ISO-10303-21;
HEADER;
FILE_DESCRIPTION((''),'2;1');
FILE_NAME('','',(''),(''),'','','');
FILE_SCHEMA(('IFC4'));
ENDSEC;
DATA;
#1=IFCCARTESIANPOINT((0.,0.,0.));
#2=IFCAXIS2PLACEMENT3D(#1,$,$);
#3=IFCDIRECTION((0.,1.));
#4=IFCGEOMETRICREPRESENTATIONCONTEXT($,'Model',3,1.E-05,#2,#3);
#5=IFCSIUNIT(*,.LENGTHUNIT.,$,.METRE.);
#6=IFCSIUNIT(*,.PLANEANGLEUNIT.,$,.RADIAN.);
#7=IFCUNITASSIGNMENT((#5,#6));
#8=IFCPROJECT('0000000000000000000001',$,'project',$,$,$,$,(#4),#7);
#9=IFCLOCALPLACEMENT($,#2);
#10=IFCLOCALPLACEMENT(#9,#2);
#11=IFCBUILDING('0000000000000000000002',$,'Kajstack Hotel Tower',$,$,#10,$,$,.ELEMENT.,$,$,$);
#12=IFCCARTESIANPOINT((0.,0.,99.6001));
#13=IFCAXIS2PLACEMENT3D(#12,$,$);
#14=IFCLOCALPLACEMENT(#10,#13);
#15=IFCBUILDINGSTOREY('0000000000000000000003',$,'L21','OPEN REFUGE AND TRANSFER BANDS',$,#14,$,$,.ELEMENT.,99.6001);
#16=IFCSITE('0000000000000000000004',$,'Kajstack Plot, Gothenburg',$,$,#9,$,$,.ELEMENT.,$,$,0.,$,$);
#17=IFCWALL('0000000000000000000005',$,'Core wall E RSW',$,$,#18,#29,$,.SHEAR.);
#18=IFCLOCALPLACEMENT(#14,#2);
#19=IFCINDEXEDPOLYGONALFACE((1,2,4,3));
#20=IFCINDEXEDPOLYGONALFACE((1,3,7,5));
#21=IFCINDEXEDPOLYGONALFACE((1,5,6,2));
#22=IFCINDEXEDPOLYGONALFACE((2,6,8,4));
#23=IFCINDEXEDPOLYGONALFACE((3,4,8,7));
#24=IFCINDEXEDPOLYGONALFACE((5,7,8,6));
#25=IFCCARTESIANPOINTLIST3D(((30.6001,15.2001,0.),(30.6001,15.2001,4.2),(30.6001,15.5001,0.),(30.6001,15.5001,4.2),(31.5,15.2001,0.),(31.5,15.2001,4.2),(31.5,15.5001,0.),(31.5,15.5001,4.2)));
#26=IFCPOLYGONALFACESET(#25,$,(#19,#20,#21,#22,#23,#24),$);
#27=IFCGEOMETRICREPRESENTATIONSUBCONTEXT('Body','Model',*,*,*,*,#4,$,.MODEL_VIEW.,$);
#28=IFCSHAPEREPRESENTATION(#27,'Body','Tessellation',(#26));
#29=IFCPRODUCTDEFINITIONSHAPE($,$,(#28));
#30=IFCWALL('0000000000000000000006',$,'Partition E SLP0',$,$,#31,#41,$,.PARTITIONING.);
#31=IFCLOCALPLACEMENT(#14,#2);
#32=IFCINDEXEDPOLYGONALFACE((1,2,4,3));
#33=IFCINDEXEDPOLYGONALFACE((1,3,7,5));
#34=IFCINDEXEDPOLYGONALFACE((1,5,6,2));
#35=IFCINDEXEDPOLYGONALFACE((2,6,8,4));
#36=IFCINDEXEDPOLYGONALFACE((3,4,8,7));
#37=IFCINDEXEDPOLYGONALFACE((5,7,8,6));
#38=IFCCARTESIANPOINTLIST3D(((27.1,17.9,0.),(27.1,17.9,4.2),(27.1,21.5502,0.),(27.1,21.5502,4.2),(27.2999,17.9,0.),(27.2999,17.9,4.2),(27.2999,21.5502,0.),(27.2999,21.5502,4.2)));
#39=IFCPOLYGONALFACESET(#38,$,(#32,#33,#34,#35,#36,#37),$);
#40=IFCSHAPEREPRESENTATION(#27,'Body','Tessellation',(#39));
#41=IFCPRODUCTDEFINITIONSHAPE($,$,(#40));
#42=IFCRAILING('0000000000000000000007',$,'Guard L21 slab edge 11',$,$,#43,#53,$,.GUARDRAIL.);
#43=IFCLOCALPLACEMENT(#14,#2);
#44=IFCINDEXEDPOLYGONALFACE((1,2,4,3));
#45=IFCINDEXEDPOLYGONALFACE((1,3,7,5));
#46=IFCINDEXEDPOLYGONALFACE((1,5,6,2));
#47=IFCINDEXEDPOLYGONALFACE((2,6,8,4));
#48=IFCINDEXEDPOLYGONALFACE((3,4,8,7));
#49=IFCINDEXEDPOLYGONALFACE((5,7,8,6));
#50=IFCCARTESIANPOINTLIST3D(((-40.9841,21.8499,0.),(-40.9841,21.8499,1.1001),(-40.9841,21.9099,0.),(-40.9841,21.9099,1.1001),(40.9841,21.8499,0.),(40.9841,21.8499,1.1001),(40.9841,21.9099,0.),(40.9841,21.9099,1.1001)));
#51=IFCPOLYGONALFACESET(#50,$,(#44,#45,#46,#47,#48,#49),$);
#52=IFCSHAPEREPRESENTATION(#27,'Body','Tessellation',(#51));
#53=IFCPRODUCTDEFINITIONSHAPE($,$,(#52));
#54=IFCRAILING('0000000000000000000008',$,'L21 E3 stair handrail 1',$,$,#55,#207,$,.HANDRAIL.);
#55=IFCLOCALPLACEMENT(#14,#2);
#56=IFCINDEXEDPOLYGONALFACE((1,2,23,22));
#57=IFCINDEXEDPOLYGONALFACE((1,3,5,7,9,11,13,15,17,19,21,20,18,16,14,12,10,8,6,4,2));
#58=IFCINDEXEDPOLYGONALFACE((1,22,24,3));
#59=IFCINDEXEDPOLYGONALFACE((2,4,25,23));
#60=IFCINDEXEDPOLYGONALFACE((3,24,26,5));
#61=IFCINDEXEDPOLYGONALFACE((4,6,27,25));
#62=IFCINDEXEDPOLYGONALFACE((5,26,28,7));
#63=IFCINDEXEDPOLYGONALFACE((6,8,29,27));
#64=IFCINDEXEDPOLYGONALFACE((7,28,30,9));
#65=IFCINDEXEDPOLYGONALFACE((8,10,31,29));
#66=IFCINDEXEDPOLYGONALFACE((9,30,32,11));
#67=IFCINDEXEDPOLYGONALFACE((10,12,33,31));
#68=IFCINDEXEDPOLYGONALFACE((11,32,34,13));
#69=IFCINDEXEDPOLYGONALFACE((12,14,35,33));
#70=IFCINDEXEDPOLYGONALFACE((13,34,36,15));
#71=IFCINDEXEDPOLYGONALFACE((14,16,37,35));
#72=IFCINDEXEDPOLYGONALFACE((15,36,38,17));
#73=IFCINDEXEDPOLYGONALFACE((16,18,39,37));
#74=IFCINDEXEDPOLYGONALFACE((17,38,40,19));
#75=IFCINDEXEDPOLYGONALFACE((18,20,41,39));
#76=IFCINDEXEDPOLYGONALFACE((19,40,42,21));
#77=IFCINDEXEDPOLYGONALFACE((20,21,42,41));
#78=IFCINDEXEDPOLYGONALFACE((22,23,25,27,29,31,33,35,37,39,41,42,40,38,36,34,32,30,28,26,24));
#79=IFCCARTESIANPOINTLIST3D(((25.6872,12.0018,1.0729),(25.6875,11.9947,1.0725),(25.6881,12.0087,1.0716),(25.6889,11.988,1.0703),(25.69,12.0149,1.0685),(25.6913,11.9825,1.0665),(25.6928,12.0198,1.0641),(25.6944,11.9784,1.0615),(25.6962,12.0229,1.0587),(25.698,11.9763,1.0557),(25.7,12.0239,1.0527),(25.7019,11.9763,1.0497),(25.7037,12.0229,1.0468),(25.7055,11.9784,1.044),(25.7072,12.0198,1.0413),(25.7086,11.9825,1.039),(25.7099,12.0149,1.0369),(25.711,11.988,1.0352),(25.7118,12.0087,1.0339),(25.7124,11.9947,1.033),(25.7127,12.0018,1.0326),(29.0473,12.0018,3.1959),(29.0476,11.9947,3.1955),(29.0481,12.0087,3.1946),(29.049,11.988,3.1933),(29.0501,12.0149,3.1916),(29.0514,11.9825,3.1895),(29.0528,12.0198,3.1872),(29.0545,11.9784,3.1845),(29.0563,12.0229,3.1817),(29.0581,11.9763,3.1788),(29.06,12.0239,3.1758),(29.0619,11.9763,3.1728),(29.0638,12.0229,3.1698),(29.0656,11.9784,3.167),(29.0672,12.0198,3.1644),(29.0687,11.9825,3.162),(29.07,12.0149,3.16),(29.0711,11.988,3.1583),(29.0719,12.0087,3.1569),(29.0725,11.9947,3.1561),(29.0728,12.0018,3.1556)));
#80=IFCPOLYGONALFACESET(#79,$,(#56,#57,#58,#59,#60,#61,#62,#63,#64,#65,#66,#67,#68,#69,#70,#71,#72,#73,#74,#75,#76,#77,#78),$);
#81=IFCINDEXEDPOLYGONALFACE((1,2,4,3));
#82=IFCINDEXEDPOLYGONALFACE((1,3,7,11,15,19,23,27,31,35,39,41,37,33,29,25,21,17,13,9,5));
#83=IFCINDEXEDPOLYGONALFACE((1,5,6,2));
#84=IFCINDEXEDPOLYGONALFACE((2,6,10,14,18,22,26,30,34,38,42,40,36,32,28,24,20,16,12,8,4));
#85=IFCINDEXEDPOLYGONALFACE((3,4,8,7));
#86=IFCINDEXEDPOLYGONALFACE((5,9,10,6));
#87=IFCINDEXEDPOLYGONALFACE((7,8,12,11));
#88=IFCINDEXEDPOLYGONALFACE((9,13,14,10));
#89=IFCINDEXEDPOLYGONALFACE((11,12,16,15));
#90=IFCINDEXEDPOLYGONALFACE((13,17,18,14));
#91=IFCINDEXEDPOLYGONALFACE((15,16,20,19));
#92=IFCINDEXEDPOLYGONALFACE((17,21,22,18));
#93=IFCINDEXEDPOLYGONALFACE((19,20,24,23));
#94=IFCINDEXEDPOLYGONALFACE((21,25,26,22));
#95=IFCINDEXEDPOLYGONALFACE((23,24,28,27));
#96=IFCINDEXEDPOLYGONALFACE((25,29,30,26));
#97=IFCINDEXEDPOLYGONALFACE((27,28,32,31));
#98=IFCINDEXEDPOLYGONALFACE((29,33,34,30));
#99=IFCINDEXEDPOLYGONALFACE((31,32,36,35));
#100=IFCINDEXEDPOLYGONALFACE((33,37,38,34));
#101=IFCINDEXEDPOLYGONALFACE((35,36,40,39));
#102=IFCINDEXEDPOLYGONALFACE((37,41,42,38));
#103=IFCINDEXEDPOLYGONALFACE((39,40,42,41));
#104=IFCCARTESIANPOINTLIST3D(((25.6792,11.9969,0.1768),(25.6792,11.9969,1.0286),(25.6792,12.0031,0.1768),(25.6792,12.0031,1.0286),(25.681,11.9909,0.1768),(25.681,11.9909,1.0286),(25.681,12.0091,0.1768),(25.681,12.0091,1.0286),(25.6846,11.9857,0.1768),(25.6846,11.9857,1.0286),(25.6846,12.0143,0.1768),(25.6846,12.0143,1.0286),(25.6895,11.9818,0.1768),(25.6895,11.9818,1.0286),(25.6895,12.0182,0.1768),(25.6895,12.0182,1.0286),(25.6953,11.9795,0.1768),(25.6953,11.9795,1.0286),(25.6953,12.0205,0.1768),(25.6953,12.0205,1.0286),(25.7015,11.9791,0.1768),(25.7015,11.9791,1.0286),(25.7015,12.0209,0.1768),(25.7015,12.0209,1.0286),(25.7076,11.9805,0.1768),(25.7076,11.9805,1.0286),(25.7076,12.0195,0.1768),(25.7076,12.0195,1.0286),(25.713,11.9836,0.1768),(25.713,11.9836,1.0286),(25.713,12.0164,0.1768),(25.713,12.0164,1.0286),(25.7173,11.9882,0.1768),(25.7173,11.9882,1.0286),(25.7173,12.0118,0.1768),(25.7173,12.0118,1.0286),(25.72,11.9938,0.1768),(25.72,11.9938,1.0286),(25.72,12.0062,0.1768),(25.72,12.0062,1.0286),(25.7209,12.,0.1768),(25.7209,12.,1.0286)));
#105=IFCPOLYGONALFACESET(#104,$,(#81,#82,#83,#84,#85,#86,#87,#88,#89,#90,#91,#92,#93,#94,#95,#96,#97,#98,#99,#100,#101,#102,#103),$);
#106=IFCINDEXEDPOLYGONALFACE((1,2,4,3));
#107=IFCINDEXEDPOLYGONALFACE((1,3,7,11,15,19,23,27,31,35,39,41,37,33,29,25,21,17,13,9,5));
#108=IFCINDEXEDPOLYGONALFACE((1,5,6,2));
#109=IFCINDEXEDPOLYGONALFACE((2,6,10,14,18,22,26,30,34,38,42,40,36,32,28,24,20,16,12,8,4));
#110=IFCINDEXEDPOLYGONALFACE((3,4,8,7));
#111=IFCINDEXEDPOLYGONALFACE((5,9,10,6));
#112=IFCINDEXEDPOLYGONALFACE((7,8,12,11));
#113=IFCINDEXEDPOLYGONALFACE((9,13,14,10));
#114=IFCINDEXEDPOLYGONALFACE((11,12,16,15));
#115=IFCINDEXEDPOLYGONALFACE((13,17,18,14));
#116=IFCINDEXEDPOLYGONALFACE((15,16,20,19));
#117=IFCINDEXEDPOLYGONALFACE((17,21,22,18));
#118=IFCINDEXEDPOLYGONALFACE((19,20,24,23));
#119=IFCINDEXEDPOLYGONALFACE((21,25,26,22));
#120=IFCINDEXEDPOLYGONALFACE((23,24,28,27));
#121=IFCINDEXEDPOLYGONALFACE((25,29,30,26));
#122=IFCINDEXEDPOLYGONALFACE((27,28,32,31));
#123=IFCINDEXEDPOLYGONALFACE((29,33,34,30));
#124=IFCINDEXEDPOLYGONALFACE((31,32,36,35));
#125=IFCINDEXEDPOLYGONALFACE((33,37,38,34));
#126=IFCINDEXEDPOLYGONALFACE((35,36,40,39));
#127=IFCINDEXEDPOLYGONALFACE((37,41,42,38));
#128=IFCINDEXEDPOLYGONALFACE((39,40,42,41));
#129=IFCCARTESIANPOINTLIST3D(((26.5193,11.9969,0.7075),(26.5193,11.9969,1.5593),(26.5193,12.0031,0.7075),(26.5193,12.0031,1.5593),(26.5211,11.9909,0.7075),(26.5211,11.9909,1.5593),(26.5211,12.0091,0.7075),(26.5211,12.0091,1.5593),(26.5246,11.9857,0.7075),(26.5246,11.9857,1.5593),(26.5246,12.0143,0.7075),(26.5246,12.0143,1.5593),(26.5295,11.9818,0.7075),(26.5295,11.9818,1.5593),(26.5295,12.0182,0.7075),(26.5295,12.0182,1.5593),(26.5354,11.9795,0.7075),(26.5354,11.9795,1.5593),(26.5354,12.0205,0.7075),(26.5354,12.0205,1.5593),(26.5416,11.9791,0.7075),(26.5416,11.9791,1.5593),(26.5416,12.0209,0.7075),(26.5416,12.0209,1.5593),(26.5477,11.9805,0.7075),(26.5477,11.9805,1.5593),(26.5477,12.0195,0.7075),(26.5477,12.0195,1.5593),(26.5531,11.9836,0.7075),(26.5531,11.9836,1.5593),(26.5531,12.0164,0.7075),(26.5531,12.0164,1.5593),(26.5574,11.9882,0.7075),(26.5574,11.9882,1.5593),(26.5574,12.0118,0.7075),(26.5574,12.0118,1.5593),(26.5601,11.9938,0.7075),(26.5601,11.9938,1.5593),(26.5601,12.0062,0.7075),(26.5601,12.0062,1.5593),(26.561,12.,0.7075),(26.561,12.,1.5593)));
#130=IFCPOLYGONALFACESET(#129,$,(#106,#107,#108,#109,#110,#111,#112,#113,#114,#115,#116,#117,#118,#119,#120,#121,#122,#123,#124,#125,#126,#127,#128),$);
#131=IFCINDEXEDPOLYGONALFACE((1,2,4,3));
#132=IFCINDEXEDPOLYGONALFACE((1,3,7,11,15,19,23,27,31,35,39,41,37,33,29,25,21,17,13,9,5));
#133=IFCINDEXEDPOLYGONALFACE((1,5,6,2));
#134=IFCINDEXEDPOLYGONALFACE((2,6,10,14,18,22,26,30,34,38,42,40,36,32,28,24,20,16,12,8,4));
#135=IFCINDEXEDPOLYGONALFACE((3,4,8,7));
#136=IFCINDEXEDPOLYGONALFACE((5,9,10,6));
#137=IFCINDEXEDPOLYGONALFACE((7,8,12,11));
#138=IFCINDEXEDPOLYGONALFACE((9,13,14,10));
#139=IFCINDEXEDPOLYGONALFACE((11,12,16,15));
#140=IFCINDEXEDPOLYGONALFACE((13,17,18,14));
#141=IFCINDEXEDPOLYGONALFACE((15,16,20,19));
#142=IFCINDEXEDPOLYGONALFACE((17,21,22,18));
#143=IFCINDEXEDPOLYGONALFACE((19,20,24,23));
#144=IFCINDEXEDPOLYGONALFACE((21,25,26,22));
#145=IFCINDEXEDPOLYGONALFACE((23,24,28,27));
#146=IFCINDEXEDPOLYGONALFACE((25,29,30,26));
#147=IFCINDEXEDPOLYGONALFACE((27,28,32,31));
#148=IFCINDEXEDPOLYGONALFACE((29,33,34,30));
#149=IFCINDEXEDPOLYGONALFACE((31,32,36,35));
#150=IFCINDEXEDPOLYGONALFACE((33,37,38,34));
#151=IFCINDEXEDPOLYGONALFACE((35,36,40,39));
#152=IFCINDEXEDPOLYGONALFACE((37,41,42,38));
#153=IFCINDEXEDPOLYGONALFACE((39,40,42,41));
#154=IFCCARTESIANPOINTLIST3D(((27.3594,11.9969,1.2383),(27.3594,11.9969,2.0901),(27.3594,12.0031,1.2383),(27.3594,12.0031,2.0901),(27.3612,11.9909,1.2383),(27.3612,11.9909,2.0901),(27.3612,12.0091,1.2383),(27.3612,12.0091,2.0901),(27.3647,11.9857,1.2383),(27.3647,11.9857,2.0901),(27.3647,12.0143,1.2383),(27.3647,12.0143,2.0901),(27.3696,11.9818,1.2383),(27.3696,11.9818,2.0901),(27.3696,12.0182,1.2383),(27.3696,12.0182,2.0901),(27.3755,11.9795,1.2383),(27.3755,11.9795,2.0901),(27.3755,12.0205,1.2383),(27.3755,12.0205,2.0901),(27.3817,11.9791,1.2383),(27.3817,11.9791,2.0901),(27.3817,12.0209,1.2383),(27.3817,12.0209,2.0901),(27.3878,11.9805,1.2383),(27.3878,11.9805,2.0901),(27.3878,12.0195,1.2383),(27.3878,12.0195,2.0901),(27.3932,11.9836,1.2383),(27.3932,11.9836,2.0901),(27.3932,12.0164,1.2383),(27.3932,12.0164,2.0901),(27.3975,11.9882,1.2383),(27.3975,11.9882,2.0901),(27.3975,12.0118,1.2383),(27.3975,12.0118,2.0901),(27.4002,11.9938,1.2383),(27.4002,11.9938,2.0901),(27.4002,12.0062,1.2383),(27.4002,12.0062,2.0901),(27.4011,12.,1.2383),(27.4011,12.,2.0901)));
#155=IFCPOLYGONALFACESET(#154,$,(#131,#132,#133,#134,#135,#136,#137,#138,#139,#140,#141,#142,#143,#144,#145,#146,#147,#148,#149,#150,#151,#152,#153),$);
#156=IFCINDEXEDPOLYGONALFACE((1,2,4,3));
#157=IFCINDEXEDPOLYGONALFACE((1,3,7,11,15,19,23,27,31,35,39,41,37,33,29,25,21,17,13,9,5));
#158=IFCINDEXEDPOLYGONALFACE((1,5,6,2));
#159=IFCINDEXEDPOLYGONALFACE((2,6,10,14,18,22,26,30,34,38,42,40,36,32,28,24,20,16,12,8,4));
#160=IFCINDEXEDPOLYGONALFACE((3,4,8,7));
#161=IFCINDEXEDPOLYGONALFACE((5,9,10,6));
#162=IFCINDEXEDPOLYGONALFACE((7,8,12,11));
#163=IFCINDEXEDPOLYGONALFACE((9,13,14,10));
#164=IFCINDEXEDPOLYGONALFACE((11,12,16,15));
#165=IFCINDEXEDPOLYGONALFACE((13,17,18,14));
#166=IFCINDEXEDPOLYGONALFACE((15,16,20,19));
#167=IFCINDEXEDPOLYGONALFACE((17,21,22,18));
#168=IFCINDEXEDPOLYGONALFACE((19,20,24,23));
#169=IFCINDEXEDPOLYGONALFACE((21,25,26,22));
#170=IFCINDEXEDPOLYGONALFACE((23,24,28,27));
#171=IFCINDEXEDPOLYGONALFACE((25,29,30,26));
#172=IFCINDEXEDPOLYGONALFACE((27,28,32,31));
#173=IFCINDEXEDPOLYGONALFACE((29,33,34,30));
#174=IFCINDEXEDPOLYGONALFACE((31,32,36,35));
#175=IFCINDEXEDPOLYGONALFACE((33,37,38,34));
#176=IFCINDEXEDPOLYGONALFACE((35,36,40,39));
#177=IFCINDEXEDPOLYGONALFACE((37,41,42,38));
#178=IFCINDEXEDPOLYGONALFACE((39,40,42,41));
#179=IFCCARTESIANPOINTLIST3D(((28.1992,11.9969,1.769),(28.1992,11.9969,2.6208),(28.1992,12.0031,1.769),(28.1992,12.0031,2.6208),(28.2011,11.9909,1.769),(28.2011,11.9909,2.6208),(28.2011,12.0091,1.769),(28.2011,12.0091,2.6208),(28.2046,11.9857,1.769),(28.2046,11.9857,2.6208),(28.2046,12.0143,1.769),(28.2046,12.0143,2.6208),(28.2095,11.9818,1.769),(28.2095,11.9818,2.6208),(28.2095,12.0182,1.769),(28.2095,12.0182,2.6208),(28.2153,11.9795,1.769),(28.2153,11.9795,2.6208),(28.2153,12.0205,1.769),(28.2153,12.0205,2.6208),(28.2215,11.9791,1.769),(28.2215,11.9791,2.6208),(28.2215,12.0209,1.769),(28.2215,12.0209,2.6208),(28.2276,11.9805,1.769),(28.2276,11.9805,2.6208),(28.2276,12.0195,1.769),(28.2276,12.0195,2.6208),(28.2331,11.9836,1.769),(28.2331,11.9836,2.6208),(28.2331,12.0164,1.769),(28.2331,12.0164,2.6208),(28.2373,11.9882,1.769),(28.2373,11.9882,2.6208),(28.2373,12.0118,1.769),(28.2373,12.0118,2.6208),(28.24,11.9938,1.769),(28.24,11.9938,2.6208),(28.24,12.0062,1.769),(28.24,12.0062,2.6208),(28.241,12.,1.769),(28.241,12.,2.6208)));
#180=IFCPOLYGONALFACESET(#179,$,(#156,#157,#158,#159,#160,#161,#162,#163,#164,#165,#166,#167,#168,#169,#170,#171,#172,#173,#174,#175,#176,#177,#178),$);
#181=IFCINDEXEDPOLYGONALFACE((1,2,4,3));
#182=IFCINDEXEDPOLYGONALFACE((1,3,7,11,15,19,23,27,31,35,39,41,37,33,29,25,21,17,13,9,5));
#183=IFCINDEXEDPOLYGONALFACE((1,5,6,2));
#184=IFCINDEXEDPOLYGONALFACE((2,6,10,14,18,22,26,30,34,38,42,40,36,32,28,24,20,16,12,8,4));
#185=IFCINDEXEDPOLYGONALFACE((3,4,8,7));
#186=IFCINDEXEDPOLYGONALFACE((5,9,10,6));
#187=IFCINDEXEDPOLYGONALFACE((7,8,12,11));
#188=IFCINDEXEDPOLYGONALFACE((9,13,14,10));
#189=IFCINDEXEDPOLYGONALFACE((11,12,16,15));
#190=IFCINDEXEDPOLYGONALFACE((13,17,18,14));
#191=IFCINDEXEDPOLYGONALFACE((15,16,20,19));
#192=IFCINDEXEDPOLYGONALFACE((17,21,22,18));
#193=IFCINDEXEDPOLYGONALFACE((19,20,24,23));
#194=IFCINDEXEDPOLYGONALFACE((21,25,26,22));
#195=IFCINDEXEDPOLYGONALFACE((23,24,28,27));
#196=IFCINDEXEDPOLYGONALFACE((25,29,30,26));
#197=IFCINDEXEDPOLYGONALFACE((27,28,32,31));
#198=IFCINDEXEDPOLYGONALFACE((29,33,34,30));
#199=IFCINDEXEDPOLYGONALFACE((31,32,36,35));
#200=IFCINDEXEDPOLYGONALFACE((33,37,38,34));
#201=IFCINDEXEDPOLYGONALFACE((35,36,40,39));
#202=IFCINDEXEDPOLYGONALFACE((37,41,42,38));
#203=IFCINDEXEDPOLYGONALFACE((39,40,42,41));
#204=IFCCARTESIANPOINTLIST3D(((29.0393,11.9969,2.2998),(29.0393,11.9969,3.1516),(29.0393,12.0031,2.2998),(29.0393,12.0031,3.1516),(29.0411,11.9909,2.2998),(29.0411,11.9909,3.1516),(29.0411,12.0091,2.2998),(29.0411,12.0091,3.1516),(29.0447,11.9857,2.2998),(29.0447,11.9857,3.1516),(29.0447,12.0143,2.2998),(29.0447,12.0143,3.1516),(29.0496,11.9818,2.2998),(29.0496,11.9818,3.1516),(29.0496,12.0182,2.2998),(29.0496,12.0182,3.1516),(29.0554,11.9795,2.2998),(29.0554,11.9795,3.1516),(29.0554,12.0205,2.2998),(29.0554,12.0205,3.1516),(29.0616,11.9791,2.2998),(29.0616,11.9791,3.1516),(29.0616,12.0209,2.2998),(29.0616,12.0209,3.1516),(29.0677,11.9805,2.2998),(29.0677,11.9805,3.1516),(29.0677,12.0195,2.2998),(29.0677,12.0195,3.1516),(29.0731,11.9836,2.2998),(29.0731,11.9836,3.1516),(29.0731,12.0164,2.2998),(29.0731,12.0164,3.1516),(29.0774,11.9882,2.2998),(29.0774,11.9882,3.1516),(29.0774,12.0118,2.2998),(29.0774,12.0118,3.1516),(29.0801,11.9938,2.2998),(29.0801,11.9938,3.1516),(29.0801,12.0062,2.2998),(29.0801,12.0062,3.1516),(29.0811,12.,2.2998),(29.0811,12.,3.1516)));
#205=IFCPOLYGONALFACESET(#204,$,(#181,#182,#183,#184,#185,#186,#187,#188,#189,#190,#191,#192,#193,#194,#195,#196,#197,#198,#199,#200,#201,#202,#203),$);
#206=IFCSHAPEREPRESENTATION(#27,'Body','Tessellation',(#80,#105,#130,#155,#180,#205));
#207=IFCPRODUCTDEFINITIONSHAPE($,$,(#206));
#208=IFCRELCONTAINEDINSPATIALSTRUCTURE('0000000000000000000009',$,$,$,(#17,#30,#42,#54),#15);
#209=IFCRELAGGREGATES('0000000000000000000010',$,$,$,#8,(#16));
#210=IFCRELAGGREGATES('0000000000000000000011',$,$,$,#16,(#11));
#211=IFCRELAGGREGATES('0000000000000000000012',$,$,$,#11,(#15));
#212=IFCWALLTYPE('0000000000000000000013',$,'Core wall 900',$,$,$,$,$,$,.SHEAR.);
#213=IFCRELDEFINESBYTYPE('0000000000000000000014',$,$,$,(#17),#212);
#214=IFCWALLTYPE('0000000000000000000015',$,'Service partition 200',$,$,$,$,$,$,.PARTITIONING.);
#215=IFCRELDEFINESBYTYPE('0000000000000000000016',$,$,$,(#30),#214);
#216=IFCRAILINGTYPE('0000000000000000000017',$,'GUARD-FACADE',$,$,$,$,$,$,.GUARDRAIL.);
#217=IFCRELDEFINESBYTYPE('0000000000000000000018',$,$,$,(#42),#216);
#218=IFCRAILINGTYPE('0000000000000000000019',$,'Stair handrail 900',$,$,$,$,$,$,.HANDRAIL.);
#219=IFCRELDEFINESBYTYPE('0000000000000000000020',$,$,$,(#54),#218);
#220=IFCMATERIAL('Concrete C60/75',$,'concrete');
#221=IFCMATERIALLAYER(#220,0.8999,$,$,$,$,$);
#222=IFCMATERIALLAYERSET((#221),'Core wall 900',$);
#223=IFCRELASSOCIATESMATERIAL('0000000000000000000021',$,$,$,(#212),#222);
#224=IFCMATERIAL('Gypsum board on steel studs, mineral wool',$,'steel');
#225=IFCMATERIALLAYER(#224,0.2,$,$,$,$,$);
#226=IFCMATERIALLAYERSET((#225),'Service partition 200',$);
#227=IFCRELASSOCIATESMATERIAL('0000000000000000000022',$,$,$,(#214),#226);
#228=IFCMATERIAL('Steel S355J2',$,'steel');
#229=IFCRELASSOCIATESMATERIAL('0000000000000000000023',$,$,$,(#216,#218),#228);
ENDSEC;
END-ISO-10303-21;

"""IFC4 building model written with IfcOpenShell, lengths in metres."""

from ifc_helpers import new_model, si_unit, direction, frame, frame_2d, origin, origin_2d, place, context, subcontext, project, spatial, polyline, rectangle, circle, outline, extrude, material, layer, layer_set, type_object, element, save


model = new_model("IFC4")

# Units and contexts
model_context = context("Model", 3, precision=1e-05, world=origin(), true_north=direction((0.0, 1.0)))
body_context = subcontext(model_context, "Body", "Model", "MODEL_VIEW")
ifc_project = project(units=[si_unit("LENGTHUNIT", "METRE"), si_unit("PLANEANGLEUNIT", "RADIAN")], contexts=[model_context])

# Site, building, storey
site_placement = place(None, origin())
site = spatial("IfcSite", under=ifc_project, at=site_placement, Name="Kajstack Plot, Gothenburg", CompositionType="ELEMENT", RefElevation=0.0)
building_placement = place(site_placement, origin())
building = spatial("IfcBuilding", under=site, at=building_placement, Name="Kajstack Hotel Tower", CompositionType="ELEMENT")
storey_placement = place(building_placement, frame((0.0, 0.0, 99.6001)))
storey = spatial("IfcBuildingStorey", under=building, at=storey_placement, Name="L21", Description="OPEN REFUGE AND TRANSFER BANDS", CompositionType="ELEMENT", Elevation=99.6001)

# Walls
ifc_material_1 = material(Name="Concrete C60/75", Category="concrete")
ifc_layer_1 = layer(ifc_material_1, 0.8999)
ifc_layer_set_1 = layer_set([ifc_layer_1], Name="Core wall 900")
wall_type_1 = type_object("IfcWallType", Name="Core wall 900", PredefinedType="SHEAR", material=ifc_layer_set_1)
wall_1_placement = place(storey_placement, frame((30.6001, 15.3501, 0.0), z_axis=(0.0, 0.0, 1.0), x_axis=(1.0, 0.0, 0.0)))
element("IfcWall", 1, at=wall_1_placement, inside=storey, type_object=wall_type_1, Name="Core wall E RSW", PredefinedType="SHEAR", context=body_context, shape_type="SweptSolid", body=[
    extrude(rectangle(XDim=0.8999, YDim=0.3, at=frame_2d((0.45, 0.0))), origin(), (0.0, 0.0, 1.0), 4.2),
])
ifc_material_2 = material(Name="Gypsum board on steel studs, mineral wool", Category="steel")
ifc_layer_2 = layer(ifc_material_2, 0.2)
ifc_layer_set_2 = layer_set([ifc_layer_2], Name="Service partition 200")
wall_type_2 = type_object("IfcWallType", Name="Service partition 200", PredefinedType="PARTITIONING", material=ifc_layer_set_2)
wall_2_placement = place(storey_placement, frame((27.2, 17.8999, 0.0), z_axis=(0.0, 0.0, 1.0), x_axis=(0.0, 1.0, 0.0)))
element("IfcWall", 2, at=wall_2_placement, inside=storey, type_object=wall_type_2, Name="Partition E SLP0", PredefinedType="PARTITIONING", context=body_context, shape_type="SweptSolid", body=[
    extrude(rectangle(XDim=3.6501, YDim=0.2, at=frame_2d((1.8252, 0.0))), origin(), (0.0, 0.0, 1.0), 4.2),
])

# Railings
ifc_material_3 = material(Name="Steel S355J2", Category="steel")
railing_type_1 = type_object("IfcRailingType", Name="GUARD-FACADE", PredefinedType="GUARDRAIL", material=ifc_material_3)
railing_1_placement = place(storey_placement, frame((40.9841, 21.8799, 0.0)))
element("IfcRailing", 3, at=railing_1_placement, inside=storey, type_object=railing_type_1, Name="Guard L21 slab edge 11", PredefinedType="GUARDRAIL", context=body_context, shape_type="SweptSolid", body=[
    extrude(outline(polyline([(-81.9683, -0.03), (-81.9683, 0.03), (0.0, 0.03), (0.0, -0.03), (-81.9683, -0.03)])), origin(), (0.0, 0.0, 1.0), 1.1001),
])
railing_type_2 = type_object("IfcRailingType", Name="Stair handrail 900", PredefinedType="HANDRAIL", material=ifc_material_3)
railing_2_placement = place(storey_placement, frame((25.7, 12.0, 0.1768)))
element("IfcRailing", 4, at=railing_2_placement, inside=storey, type_object=railing_type_2, Name="L21 E3 stair handrail 1", PredefinedType="HANDRAIL", context=body_context, shape_type="SweptSolid", body=[
    extrude(circle(Radius=0.0239, at=origin_2d()), frame((0.0, 0.0, 0.876), z_axis=(0.84539, 0.0, 0.53415), x_axis=(0.0, 1.0, 0.0)), (0.0, 0.0, 1.0), 3.9746),
    extrude(circle(Radius=0.021, at=origin_2d()), origin(), (0.0, 0.0, 1.0), 0.8518),
    extrude(circle(Radius=0.021, at=origin_2d()), frame((0.8401, 0.0, 0.5308)), (0.0, 0.0, 1.0), 0.8518),
    extrude(circle(Radius=0.021, at=origin_2d()), frame((1.6802, 0.0, 1.0615)), (0.0, 0.0, 1.0), 0.8518),
    extrude(circle(Radius=0.021, at=origin_2d()), frame((2.52, 0.0, 1.5923)), (0.0, 0.0, 1.0), 0.8518),
    extrude(circle(Radius=0.021, at=origin_2d()), frame((3.3601, 0.0, 2.123)), (0.0, 0.0, 1.0), 0.8518),
])

save(model, "model.ifc")
